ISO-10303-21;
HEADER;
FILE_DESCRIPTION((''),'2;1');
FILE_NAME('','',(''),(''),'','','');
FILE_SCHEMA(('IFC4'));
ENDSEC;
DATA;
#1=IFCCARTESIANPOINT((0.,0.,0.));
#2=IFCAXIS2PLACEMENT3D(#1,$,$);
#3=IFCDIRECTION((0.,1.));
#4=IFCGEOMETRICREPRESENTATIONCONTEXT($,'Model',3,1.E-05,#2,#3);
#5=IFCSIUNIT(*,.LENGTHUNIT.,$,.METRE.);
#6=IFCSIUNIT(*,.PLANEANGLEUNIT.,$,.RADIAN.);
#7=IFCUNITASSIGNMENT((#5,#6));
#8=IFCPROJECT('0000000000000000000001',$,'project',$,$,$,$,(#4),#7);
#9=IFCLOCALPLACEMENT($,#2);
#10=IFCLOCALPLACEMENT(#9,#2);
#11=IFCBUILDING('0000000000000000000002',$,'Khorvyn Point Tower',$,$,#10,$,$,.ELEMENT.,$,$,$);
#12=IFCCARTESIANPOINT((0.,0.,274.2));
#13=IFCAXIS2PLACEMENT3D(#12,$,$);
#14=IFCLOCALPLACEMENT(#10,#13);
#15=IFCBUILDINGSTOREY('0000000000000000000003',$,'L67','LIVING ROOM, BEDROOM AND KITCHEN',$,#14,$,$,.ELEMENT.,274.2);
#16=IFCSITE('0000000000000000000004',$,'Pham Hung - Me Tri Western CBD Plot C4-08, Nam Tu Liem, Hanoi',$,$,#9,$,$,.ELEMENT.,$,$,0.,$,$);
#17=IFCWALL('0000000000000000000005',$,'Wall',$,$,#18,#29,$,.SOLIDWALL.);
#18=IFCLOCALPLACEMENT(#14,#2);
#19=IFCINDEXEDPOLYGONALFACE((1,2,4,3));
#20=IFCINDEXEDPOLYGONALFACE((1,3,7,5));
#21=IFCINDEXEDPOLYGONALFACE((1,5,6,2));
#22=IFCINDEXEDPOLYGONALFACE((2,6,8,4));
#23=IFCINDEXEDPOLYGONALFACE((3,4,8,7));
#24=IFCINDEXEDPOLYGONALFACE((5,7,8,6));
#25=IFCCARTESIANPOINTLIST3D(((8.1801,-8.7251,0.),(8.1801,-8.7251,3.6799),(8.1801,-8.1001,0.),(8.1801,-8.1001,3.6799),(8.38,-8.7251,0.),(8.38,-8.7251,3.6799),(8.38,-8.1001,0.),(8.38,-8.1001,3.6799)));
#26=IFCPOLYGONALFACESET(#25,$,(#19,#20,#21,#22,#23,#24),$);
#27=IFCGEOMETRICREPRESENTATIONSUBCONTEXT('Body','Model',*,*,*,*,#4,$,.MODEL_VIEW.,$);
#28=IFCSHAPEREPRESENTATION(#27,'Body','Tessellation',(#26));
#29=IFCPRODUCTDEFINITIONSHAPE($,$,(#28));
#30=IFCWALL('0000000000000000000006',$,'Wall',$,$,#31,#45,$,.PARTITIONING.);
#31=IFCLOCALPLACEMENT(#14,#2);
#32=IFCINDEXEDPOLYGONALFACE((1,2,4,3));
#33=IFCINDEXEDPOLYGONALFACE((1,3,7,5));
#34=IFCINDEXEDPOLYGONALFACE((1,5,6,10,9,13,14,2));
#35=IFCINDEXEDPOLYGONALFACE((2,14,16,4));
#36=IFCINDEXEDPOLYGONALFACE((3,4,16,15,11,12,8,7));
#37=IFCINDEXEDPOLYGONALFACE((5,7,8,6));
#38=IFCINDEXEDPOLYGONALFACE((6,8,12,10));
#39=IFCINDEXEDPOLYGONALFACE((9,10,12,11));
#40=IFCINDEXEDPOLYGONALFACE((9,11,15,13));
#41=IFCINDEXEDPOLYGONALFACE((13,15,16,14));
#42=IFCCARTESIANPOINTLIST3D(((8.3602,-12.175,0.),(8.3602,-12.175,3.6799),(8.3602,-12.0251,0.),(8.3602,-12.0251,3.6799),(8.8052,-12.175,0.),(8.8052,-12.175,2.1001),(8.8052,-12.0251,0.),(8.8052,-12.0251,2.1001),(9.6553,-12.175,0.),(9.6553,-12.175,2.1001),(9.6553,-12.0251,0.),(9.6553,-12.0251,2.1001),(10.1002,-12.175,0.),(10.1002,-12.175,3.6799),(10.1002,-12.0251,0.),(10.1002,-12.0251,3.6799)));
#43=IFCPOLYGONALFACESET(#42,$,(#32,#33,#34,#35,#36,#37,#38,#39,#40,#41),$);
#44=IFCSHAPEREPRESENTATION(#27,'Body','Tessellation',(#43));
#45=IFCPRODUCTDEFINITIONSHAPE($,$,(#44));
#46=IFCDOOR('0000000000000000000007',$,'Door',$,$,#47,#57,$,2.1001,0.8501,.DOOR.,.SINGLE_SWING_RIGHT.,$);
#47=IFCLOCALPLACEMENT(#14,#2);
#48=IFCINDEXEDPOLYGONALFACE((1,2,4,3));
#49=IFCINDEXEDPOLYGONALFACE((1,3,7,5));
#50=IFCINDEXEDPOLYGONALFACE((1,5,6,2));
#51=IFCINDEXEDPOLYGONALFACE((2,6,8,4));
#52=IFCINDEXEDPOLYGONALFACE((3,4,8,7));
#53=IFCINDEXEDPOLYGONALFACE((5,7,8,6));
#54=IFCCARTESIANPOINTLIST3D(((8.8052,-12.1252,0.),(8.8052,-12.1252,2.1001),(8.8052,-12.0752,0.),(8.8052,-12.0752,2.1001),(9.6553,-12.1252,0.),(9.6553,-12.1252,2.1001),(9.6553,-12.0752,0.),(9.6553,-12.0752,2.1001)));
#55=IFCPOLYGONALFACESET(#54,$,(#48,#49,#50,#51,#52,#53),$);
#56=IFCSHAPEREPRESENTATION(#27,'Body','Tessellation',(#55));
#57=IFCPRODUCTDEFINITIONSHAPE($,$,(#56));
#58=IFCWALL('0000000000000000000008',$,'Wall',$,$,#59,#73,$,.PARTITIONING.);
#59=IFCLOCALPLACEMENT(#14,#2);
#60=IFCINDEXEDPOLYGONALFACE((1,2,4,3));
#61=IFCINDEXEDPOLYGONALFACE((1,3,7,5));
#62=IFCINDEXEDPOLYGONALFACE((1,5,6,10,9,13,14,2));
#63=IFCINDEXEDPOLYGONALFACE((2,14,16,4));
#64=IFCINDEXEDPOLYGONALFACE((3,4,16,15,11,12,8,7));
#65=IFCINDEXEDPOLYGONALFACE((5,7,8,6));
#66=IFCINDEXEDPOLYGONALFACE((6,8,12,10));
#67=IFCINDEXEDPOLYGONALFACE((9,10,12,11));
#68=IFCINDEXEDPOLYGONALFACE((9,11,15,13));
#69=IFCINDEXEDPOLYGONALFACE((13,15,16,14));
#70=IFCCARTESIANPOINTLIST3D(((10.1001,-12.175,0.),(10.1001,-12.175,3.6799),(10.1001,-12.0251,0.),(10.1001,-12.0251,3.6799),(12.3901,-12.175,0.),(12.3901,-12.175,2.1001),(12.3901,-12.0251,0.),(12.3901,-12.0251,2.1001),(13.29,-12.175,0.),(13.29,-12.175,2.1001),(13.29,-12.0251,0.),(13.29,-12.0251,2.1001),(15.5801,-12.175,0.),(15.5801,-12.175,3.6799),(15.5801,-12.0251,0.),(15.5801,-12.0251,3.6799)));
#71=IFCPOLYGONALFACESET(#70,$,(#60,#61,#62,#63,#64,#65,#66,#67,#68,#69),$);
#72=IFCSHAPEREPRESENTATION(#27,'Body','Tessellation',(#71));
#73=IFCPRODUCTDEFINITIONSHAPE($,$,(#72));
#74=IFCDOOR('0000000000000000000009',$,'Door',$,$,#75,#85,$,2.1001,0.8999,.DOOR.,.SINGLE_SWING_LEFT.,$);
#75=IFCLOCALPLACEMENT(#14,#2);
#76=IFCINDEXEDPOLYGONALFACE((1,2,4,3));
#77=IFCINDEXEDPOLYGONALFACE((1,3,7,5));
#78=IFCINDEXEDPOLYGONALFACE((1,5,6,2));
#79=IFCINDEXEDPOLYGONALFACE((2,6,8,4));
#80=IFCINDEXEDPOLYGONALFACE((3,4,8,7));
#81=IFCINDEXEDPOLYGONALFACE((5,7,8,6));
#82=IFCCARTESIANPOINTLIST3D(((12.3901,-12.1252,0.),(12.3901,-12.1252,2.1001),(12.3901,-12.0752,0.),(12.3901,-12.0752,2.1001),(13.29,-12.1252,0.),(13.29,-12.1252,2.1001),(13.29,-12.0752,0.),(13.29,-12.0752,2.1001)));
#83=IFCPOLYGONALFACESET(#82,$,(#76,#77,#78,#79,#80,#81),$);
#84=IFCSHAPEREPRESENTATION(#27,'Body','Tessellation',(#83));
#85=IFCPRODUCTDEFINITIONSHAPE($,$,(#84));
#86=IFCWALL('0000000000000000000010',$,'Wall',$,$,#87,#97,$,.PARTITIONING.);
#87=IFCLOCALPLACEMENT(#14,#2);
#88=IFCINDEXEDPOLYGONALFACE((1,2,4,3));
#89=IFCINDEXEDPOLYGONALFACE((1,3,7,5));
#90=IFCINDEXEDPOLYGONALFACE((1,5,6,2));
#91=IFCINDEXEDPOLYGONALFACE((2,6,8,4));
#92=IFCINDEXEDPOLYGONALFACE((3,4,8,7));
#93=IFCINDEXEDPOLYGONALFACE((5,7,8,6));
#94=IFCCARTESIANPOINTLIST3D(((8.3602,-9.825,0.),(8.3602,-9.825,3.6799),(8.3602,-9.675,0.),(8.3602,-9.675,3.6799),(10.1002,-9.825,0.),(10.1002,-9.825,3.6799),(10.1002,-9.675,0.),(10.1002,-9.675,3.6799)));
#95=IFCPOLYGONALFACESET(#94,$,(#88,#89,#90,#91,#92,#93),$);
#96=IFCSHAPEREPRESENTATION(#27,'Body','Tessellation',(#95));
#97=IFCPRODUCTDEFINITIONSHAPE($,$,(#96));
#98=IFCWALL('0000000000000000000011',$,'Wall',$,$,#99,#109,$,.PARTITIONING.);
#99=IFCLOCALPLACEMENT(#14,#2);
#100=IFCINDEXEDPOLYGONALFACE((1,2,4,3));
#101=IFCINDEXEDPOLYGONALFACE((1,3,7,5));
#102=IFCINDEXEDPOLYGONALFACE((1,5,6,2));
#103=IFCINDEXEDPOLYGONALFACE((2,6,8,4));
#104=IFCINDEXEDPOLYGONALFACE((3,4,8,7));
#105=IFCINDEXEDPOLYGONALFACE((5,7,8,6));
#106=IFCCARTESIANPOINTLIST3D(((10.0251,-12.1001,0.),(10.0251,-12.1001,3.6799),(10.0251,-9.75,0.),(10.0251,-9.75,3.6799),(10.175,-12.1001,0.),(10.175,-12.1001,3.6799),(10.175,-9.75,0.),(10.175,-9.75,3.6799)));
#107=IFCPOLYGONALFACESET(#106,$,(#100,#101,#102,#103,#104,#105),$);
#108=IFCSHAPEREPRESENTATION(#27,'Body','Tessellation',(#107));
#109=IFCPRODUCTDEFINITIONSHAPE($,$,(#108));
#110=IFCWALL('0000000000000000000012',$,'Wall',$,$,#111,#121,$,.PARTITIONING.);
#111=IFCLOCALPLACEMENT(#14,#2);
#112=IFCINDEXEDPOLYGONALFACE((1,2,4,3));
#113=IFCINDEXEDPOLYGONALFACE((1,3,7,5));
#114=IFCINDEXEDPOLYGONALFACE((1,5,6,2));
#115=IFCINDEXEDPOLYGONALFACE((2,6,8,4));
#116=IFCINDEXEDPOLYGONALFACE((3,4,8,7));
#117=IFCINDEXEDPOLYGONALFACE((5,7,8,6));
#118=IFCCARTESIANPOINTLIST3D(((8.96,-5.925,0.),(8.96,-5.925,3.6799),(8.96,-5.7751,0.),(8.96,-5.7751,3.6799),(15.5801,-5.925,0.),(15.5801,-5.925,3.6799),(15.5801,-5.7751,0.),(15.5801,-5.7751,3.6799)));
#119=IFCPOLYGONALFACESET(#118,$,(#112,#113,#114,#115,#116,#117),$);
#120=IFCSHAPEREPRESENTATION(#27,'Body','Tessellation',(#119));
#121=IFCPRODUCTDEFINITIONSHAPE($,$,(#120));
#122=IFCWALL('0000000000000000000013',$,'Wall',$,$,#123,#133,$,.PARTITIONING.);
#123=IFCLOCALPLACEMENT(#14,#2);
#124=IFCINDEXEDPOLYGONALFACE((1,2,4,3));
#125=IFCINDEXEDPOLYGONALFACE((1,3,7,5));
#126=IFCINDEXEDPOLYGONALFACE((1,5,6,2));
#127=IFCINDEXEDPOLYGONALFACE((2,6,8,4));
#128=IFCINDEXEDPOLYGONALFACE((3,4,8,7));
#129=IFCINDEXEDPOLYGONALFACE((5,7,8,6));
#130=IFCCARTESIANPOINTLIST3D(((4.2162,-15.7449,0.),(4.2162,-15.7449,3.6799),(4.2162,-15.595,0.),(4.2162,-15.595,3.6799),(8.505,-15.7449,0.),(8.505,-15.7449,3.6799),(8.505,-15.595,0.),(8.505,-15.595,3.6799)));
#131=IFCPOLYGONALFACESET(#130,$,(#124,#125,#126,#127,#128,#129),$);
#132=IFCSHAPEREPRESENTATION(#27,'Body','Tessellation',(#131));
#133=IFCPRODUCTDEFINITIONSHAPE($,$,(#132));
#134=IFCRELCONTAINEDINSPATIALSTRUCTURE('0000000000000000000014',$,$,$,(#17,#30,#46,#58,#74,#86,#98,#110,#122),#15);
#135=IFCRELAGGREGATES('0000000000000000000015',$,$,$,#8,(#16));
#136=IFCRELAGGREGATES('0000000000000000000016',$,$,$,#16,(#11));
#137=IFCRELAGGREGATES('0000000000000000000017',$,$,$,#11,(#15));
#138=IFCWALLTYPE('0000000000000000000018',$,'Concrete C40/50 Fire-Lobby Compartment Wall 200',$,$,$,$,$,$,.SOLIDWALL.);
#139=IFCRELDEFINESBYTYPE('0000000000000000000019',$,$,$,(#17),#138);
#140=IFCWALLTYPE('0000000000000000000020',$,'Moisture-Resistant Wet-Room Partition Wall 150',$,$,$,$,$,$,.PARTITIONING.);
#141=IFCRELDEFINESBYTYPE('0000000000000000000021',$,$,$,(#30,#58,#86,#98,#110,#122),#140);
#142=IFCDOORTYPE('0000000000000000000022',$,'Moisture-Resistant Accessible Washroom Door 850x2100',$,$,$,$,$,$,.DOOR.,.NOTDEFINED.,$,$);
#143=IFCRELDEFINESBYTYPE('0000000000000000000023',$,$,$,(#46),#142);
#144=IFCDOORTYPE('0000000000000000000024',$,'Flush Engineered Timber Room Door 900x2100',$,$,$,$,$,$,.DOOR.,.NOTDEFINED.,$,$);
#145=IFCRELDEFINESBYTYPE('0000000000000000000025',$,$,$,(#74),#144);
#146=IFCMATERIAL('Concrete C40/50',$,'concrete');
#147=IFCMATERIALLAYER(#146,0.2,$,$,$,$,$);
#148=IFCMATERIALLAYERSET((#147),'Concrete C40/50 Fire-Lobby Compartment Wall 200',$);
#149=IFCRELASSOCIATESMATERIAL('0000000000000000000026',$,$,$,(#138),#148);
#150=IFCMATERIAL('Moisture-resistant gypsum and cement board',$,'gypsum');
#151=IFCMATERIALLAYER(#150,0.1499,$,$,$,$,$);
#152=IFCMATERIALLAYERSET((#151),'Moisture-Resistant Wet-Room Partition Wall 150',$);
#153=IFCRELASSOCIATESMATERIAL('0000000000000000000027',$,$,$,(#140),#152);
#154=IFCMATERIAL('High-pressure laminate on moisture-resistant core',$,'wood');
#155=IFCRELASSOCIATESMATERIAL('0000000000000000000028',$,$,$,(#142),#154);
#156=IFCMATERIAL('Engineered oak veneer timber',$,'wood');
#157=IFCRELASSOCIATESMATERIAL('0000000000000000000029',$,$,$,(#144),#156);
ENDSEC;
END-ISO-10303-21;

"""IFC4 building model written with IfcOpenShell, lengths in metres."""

from ifc_helpers import new_model, si_unit, direction, frame, frame_2d, origin, place, context, subcontext, project, spatial, rectangle, extrude, material, layer, layer_set, type_object, element, fill, save


model = new_model("IFC4")

# Units and contexts
model_context = context("Model", 3, precision=1e-05, world=origin(), true_north=direction((0.0, 1.0)))
body_context = subcontext(model_context, "Body", "Model", "MODEL_VIEW")
ifc_project = project(units=[si_unit("LENGTHUNIT", "METRE"), si_unit("PLANEANGLEUNIT", "RADIAN")], contexts=[model_context])

# Site, building, storey
site_placement = place(None, origin())
site = spatial("IfcSite", under=ifc_project, at=site_placement, Name="Pham Hung - Me Tri Western CBD Plot C4-08, Nam Tu Liem, Hanoi", CompositionType="ELEMENT", RefElevation=0.0)
building_placement = place(site_placement, origin())
building = spatial("IfcBuilding", under=site, at=building_placement, Name="Khorvyn Point Tower", CompositionType="ELEMENT")
storey_placement = place(building_placement, frame((0.0, 0.0, 274.2)))
storey = spatial("IfcBuildingStorey", under=building, at=storey_placement, Name="L67", Description="LIVING ROOM, BEDROOM AND KITCHEN", CompositionType="ELEMENT", Elevation=274.2)

# Shared definitions
ifc_material_1 = material(Name="Concrete C40/50", Category="concrete")

# Shared definitions
ifc_layer_1 = layer(ifc_material_1, 0.2)
ifc_layer_set_1 = layer_set([ifc_layer_1], Name="Concrete C40/50 Fire-Lobby Compartment Wall 200")
wall_type_1 = type_object("IfcWallType", Name="Concrete C40/50 Fire-Lobby Compartment Wall 200", PredefinedType="SOLIDWALL", material=ifc_layer_set_1)

# Wall
wall_1_placement = place(storey_placement, frame((8.28, -8.7251, 0.0), z_axis=(0.0, 0.0, 1.0), x_axis=(0.0, 1.0, 0.0)))
element("IfcWall", 1, at=wall_1_placement, inside=storey, type_object=wall_type_1, Name="Wall", PredefinedType="SOLIDWALL", context=body_context, shape_type="SweptSolid", body=[
    extrude(rectangle(XDim=0.625, YDim=0.2, at=frame_2d((0.3125, 0.0))), origin(), (0.0, 0.0, 1.0), 3.6799),
])

# Walls, openings, doors
ifc_material_2 = material(Name="Moisture-resistant gypsum and cement board", Category="gypsum")
ifc_layer_2 = layer(ifc_material_2, 0.1499)
ifc_layer_set_2 = layer_set([ifc_layer_2], Name="Moisture-Resistant Wet-Room Partition Wall 150")
wall_type_2 = type_object("IfcWallType", Name="Moisture-Resistant Wet-Room Partition Wall 150", PredefinedType="PARTITIONING", material=ifc_layer_set_2)
wall_2_placement = place(storey_placement, frame((8.3601, -12.1001, 0.0), z_axis=(0.0, 0.0, 1.0), x_axis=(1.0, 0.0, 0.0)))
wall_2 = element("IfcWall", 2, at=wall_2_placement, inside=storey, type_object=wall_type_2, Name="Wall", PredefinedType="PARTITIONING", context=body_context, shape_type="SweptSolid", body=[
    extrude(rectangle(XDim=1.74, YDim=0.1499, at=frame_2d((0.8701, 0.0))), origin(), (0.0, 0.0, 1.0), 3.6799),
])
opening_1_placement = place(wall_2_placement, frame((0.4451, 0.0, 0.0)))
opening_1 = element("IfcOpeningElement", 3, at=opening_1_placement, cuts=wall_2, PredefinedType="OPENING", context=body_context, shape_type="SweptSolid", body=[
    extrude(rectangle(XDim=0.8501, YDim=2.1001, at=frame_2d((0.425, 1.05))), frame((0.0, 0.085, 0.0), z_axis=(0.0, -1.0, 0.0), x_axis=(1.0, 0.0, 0.0)), (0.0, 0.0, 1.0), 0.1699),
])
ifc_material_3 = material(Name="High-pressure laminate on moisture-resistant core", Category="wood")
door_type_1 = type_object("IfcDoorType", Name="Moisture-Resistant Accessible Washroom Door 850x2100", OperationType="NOTDEFINED", PredefinedType="DOOR", material=ifc_material_3)
door_1_placement = place(opening_1_placement, origin())
door_1 = element("IfcDoor", 4, at=door_1_placement, inside=storey, type_object=door_type_1, Name="Door", OperationType="SINGLE_SWING_RIGHT", OverallHeight=2.1001, OverallWidth=0.8501, PredefinedType="DOOR", context=body_context, shape_type="SweptSolid", body=[
    extrude(rectangle(XDim=0.8501, YDim=2.1001, at=frame_2d((0.425, 1.05))), frame((0.0, 0.0249, 0.0), z_axis=(0.0, -1.0, 0.0), x_axis=(1.0, 0.0, 0.0)), (0.0, 0.0, 1.0), 0.05),
])
fill(opening_1, door_1)
wall_3_placement = place(storey_placement, frame((10.1001, -12.1001, 0.0), z_axis=(0.0, 0.0, 1.0), x_axis=(1.0, 0.0, 0.0)))
wall_3 = element("IfcWall", 5, at=wall_3_placement, inside=storey, type_object=wall_type_2, Name="Wall", PredefinedType="PARTITIONING", context=body_context, shape_type="SweptSolid", body=[
    extrude(rectangle(XDim=5.48, YDim=0.1499, at=frame_2d((2.74, 0.0))), origin(), (0.0, 0.0, 1.0), 3.6799),
])
opening_2_placement = place(wall_3_placement, frame((2.29, 0.0, 0.0)))
opening_2 = element("IfcOpeningElement", 6, at=opening_2_placement, cuts=wall_3, PredefinedType="OPENING", context=body_context, shape_type="SweptSolid", body=[
    extrude(rectangle(XDim=0.8999, YDim=2.1001, at=frame_2d((0.45, 1.05))), frame((0.0, 0.085, 0.0), z_axis=(0.0, -1.0, 0.0), x_axis=(1.0, 0.0, 0.0)), (0.0, 0.0, 1.0), 0.1699),
])
ifc_material_4 = material(Name="Engineered oak veneer timber", Category="wood")
door_type_2 = type_object("IfcDoorType", Name="Flush Engineered Timber Room Door 900x2100", OperationType="NOTDEFINED", PredefinedType="DOOR", material=ifc_material_4)
door_2_placement = place(opening_2_placement, origin())
door_2 = element("IfcDoor", 7, at=door_2_placement, inside=storey, type_object=door_type_2, Name="Door", OperationType="SINGLE_SWING_LEFT", OverallHeight=2.1001, OverallWidth=0.8999, PredefinedType="DOOR", context=body_context, shape_type="SweptSolid", body=[
    extrude(rectangle(XDim=0.8999, YDim=2.1001, at=frame_2d((0.45, 1.05))), frame((0.0, 0.0249, 0.0), z_axis=(0.0, -1.0, 0.0), x_axis=(1.0, 0.0, 0.0)), (0.0, 0.0, 1.0), 0.05),
])
fill(opening_2, door_2)

# Walls
wall_4_placement = place(storey_placement, frame((8.3601, -9.75, 0.0), z_axis=(0.0, 0.0, 1.0), x_axis=(1.0, 0.0, 0.0)))
element("IfcWall", 8, at=wall_4_placement, inside=storey, type_object=wall_type_2, Name="Wall", PredefinedType="PARTITIONING", context=body_context, shape_type="SweptSolid", body=[
    extrude(rectangle(XDim=1.74, YDim=0.1499, at=frame_2d((0.8701, 0.0))), origin(), (0.0, 0.0, 1.0), 3.6799),
])
wall_5_placement = place(storey_placement, frame((10.1001, -12.1001, 0.0), z_axis=(0.0, 0.0, 1.0), x_axis=(0.0, 1.0, 0.0)))
element("IfcWall", 9, at=wall_5_placement, inside=storey, type_object=wall_type_2, Name="Wall", PredefinedType="PARTITIONING", context=body_context, shape_type="SweptSolid", body=[
    extrude(rectangle(XDim=2.3501, YDim=0.1499, at=frame_2d((1.175, 0.0))), origin(), (0.0, 0.0, 1.0), 3.6799),
])
wall_6_placement = place(storey_placement, frame((8.96, -5.8501, 0.0), z_axis=(0.0, 0.0, 1.0), x_axis=(1.0, 0.0, 0.0)))
element("IfcWall", 10, at=wall_6_placement, inside=storey, type_object=wall_type_2, Name="Wall", PredefinedType="PARTITIONING", context=body_context, shape_type="SweptSolid", body=[
    extrude(rectangle(XDim=6.6201, YDim=0.1499, at=frame_2d((3.3101, 0.0))), origin(), (0.0, 0.0, 1.0), 3.6799),
])
wall_7_placement = place(storey_placement, frame((4.2161, -15.6699, 0.0), z_axis=(0.0, 0.0, 1.0), x_axis=(1.0, 0.0, 0.0)))
element("IfcWall", 11, at=wall_7_placement, inside=storey, type_object=wall_type_2, Name="Wall", PredefinedType="PARTITIONING", context=body_context, shape_type="SweptSolid", body=[
    extrude(rectangle(XDim=4.2888, YDim=0.1499, at=frame_2d((2.1445, 0.0))), origin(), (0.0, 0.0, 1.0), 3.6799),
])

save(model, "model.ifc")
